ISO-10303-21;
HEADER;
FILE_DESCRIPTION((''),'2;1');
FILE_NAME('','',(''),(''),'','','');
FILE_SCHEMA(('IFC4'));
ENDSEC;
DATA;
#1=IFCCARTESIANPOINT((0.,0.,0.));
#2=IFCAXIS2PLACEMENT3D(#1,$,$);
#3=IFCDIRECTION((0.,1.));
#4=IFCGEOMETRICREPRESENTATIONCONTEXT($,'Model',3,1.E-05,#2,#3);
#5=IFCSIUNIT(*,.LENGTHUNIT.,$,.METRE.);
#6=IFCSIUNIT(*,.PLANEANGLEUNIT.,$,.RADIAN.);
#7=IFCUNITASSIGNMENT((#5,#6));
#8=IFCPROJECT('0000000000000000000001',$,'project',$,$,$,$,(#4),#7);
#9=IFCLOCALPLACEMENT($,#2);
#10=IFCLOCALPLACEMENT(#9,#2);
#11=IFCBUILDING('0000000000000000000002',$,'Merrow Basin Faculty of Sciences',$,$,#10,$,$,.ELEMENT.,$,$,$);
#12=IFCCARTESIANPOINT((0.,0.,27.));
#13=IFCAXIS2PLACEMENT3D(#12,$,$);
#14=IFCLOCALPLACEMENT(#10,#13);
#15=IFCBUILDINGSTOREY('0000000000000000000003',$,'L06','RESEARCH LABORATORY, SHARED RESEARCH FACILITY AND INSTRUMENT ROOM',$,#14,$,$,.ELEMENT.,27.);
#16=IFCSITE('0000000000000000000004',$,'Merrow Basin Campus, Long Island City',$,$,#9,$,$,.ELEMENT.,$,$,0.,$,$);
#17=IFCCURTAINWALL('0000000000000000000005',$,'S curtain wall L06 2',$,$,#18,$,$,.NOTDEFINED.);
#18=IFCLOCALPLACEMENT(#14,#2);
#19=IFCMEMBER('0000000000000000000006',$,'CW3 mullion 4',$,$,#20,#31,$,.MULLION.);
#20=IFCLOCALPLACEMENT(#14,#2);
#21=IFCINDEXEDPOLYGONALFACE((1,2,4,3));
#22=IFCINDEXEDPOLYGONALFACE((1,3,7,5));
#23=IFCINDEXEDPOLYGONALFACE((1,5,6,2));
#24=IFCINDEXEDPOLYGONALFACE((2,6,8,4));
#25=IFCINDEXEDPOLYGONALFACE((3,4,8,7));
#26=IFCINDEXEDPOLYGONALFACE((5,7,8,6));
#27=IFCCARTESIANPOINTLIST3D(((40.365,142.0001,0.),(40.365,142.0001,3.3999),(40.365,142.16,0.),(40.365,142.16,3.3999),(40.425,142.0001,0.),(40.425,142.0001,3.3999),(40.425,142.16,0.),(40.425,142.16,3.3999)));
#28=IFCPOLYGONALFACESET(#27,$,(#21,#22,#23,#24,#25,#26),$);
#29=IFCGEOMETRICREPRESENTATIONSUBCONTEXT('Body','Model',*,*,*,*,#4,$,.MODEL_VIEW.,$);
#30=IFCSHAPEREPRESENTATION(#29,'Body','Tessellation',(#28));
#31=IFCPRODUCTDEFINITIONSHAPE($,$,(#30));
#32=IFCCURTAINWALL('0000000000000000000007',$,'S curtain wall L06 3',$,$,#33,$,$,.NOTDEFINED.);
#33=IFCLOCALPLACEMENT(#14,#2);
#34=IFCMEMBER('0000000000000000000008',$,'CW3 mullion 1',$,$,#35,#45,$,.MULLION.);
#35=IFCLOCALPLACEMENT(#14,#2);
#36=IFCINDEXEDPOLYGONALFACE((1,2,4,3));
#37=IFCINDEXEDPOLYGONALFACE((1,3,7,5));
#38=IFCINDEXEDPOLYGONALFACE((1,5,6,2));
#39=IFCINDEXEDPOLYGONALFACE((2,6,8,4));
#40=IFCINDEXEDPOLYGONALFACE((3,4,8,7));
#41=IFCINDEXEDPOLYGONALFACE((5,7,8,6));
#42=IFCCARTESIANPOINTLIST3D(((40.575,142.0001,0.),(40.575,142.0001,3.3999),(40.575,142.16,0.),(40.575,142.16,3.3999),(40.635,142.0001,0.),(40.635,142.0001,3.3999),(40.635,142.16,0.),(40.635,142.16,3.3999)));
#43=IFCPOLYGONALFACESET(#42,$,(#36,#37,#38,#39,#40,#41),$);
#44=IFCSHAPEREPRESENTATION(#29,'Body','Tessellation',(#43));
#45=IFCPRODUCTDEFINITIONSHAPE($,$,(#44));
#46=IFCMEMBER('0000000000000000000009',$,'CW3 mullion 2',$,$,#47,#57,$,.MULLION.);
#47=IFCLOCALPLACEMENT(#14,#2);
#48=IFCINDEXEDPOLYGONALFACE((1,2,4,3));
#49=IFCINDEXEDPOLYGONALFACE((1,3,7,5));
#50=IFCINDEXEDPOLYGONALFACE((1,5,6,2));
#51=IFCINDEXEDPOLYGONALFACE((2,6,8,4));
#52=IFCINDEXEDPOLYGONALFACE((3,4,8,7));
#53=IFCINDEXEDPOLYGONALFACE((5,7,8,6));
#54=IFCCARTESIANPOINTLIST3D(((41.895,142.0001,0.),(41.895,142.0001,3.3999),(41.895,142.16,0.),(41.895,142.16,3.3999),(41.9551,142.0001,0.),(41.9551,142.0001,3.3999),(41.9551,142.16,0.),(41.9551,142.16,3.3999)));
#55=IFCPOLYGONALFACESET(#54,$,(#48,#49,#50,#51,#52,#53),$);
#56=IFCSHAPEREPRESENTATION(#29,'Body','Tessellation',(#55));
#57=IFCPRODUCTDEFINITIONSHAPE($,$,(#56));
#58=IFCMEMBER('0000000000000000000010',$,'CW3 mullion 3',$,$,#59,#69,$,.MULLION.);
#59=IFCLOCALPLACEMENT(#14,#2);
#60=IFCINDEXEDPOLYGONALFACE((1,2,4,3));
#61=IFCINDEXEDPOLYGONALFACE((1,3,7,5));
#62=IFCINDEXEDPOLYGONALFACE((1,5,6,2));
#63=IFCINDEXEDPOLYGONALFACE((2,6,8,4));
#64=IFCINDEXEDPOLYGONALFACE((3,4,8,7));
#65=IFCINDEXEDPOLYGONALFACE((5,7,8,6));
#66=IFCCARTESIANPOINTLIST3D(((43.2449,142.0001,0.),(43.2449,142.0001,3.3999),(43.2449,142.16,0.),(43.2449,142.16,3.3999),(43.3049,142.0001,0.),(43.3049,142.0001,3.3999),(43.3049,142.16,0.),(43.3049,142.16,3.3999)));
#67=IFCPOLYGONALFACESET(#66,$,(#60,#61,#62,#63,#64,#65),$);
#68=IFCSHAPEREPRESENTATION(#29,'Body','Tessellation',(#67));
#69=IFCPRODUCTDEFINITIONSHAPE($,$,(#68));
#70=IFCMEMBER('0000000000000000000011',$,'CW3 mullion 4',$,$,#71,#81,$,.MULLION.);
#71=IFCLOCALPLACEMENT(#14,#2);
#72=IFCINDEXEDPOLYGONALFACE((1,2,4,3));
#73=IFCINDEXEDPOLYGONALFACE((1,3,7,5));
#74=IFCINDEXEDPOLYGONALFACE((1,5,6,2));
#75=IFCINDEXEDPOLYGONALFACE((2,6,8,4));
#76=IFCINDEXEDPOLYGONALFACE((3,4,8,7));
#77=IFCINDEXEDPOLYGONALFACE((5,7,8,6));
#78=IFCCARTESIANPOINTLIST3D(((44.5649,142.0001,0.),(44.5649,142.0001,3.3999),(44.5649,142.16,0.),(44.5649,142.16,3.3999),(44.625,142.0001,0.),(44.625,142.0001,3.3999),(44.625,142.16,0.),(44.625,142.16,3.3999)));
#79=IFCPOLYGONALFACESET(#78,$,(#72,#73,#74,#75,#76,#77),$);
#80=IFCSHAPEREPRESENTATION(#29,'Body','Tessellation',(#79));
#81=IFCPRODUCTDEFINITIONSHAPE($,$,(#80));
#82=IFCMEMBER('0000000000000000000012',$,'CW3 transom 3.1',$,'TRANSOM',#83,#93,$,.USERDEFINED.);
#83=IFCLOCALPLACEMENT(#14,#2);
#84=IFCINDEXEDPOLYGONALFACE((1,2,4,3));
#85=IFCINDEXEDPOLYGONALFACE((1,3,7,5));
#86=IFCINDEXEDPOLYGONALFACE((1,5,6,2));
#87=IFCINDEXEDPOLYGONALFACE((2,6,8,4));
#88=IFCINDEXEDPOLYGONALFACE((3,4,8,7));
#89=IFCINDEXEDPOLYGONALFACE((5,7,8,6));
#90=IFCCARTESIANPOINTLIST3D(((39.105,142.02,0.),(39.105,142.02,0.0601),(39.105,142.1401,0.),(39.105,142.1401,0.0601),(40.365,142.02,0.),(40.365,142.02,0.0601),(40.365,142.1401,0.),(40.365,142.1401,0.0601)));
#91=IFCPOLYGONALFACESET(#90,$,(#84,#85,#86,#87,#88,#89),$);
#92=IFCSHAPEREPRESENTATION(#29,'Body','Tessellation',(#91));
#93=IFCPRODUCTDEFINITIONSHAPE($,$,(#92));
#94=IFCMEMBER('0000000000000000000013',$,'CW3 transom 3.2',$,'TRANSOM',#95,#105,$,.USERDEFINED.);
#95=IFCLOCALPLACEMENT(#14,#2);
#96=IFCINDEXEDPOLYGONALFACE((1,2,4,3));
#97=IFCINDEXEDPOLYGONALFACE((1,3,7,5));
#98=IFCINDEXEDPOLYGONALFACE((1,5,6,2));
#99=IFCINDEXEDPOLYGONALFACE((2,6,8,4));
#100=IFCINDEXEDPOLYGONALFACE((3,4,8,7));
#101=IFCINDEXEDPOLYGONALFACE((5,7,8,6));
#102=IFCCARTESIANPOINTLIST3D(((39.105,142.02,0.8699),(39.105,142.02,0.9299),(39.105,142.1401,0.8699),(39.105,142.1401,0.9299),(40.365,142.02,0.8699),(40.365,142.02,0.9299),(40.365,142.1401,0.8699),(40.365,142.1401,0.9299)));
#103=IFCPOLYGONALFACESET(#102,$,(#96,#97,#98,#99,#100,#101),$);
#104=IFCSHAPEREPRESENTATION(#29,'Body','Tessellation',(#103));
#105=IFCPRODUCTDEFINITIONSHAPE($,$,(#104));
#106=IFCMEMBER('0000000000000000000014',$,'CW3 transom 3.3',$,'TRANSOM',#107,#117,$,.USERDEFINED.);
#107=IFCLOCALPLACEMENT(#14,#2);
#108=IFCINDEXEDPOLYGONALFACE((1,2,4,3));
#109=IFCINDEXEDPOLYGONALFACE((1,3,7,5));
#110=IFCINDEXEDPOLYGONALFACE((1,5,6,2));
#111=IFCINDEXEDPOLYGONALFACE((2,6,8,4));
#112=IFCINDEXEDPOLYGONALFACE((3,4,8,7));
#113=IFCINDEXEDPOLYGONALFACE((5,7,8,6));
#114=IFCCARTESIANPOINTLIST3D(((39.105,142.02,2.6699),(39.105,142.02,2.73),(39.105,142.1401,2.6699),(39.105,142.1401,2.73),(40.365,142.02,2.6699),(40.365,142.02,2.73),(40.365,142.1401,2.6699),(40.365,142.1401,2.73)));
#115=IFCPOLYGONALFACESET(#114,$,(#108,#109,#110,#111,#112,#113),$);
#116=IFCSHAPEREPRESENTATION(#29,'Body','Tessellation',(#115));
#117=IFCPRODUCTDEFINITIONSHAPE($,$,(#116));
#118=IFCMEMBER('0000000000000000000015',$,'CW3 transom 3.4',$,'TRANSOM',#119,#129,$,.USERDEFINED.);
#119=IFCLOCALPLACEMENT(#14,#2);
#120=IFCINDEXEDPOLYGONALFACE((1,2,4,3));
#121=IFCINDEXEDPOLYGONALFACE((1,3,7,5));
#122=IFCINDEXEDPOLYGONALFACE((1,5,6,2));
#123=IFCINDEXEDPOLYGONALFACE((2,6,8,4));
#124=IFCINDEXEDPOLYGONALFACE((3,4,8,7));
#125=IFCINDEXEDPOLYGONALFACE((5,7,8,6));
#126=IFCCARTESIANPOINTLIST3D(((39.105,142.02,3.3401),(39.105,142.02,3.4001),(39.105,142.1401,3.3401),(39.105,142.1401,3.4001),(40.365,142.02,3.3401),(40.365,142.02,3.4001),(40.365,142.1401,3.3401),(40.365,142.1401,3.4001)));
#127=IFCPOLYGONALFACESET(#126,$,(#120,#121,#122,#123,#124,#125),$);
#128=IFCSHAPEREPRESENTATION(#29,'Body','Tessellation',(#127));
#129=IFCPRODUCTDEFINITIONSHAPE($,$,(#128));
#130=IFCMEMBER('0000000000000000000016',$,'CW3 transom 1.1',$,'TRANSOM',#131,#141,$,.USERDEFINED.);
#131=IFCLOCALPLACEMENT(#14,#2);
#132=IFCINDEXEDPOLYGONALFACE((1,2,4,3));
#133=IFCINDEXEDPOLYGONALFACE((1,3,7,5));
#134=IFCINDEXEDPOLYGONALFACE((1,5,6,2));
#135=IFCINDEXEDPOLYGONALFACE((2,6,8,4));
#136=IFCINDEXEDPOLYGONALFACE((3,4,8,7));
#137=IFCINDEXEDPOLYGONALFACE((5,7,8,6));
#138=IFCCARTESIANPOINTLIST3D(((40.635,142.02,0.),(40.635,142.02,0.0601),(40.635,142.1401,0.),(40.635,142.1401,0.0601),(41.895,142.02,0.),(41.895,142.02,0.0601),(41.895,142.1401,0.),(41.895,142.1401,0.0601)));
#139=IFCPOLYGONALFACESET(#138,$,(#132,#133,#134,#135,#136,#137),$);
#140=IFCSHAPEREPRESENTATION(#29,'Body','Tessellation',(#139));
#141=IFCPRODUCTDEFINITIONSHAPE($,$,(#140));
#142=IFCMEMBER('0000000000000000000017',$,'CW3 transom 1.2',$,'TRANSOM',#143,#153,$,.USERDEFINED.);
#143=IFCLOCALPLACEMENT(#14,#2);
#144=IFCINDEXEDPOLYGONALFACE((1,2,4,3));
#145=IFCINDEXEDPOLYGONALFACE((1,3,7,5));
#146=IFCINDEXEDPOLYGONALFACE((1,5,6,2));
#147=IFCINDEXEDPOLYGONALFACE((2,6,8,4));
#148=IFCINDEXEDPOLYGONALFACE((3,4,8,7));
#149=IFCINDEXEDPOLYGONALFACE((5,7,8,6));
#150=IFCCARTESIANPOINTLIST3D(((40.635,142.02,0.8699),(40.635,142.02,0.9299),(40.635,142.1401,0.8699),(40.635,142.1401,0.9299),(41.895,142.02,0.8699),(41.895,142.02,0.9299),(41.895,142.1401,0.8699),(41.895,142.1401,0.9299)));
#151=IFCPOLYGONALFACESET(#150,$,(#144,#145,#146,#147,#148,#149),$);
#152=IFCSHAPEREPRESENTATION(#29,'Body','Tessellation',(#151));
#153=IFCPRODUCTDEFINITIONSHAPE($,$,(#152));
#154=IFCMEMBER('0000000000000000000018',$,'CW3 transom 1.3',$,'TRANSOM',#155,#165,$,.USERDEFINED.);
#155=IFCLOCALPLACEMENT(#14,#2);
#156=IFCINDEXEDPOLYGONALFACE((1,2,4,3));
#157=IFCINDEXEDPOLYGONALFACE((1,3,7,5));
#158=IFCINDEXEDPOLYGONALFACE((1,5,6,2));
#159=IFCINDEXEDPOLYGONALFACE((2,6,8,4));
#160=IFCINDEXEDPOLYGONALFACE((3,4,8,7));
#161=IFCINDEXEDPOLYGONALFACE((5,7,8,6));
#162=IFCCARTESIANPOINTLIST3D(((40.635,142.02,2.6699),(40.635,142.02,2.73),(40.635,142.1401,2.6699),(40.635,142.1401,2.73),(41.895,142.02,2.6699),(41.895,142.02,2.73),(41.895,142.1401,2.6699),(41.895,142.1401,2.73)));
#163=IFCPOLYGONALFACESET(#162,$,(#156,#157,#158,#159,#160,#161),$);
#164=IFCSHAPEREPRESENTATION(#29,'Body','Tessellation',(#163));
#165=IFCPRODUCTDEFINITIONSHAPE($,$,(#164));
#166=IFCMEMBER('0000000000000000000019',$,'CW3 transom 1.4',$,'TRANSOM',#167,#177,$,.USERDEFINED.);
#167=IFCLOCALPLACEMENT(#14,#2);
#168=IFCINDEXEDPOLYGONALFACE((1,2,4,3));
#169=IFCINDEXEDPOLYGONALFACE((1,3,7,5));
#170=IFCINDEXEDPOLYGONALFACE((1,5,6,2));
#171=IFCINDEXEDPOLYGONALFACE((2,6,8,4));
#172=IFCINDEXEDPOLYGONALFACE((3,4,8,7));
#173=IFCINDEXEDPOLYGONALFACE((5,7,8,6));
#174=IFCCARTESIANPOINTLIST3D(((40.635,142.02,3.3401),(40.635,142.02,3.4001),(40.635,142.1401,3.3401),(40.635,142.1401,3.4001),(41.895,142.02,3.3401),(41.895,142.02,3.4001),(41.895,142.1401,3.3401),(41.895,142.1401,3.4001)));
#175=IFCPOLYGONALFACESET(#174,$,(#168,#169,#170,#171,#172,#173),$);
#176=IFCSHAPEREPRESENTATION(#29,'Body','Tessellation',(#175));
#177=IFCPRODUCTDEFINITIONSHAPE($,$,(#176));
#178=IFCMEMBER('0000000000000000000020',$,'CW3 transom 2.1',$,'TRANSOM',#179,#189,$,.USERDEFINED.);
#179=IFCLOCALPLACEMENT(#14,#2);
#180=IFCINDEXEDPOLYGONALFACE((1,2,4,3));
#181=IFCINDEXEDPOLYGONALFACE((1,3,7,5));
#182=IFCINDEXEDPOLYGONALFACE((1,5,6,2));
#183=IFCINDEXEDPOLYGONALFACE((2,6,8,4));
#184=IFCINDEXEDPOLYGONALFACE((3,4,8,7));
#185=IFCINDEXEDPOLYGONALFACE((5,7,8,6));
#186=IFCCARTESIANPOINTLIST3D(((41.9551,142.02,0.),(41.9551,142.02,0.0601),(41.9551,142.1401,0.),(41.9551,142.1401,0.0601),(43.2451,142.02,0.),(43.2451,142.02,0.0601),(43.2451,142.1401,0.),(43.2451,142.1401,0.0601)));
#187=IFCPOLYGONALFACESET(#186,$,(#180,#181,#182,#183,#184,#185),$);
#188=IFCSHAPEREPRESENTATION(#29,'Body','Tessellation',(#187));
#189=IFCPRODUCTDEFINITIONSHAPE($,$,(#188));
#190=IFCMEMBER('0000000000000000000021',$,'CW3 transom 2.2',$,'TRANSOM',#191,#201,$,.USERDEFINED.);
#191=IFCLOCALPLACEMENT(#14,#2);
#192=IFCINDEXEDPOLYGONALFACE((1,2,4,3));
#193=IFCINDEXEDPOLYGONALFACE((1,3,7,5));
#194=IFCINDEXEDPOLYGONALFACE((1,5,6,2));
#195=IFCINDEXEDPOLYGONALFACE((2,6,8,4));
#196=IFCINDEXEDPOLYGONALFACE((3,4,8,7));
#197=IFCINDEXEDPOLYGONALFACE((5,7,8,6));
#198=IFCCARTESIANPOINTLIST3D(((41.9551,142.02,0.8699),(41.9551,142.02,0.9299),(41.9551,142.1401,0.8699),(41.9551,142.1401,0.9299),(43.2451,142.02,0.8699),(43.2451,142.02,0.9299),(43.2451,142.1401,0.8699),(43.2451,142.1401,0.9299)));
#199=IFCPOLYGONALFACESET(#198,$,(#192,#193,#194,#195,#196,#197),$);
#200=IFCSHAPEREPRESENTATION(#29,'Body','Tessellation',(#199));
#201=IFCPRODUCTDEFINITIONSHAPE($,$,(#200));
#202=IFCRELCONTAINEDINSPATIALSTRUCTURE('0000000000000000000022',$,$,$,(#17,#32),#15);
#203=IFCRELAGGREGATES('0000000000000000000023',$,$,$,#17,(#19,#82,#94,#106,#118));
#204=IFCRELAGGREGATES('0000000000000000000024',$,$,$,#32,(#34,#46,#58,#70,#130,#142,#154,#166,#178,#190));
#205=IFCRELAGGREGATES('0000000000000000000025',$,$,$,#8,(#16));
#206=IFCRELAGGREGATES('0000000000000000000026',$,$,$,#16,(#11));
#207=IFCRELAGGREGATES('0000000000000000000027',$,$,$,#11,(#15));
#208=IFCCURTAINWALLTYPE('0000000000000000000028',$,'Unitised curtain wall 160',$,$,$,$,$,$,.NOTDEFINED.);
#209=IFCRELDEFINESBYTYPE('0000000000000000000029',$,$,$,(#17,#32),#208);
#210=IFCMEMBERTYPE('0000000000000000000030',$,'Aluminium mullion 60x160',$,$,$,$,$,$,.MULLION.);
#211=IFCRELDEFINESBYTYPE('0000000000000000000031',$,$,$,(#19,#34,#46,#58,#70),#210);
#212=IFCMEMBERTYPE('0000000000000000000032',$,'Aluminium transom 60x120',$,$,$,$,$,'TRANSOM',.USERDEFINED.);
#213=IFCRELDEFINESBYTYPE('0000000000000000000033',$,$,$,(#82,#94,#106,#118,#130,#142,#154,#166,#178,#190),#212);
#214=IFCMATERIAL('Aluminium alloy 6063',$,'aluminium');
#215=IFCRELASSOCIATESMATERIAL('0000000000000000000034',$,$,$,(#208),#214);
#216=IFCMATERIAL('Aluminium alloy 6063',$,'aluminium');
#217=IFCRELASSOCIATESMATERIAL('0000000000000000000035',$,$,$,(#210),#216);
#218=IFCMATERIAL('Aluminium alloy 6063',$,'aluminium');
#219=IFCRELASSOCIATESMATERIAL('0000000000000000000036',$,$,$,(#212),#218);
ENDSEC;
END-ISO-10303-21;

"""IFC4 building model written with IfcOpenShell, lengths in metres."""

from ifc_helpers import new_model, si_unit, direction, frame, origin, origin_2d, place, context, subcontext, project, spatial, rectangle, extrude, material, material_profile, profile_set, type_object, element, aggregate, save


model = new_model("IFC4")

# Units and contexts
model_context = context("Model", 3, precision=1e-05, world=origin(), true_north=direction((0.0, 1.0)))
body_context = subcontext(model_context, "Body", "Model", "MODEL_VIEW")
ifc_project = project(units=[si_unit("LENGTHUNIT", "METRE"), si_unit("PLANEANGLEUNIT", "RADIAN")], contexts=[model_context])

# Site, building, storey
site_placement = place(None, origin())
site = spatial("IfcSite", under=ifc_project, at=site_placement, Name="Merrow Basin Campus, Long Island City", CompositionType="ELEMENT", RefElevation=0.0)
building_placement = place(site_placement, origin())
building = spatial("IfcBuilding", under=site, at=building_placement, Name="Merrow Basin Faculty of Sciences", CompositionType="ELEMENT")
storey_placement = place(building_placement, frame((0.0, 0.0, 27.0)))
storey = spatial("IfcBuildingStorey", under=building, at=storey_placement, Name="L06", Description="RESEARCH LABORATORY, SHARED RESEARCH FACILITY AND INSTRUMENT ROOM", CompositionType="ELEMENT", Elevation=27.0)

# Curtain wall, member
ifc_material_1 = material(Name="Aluminium alloy 6063", Category="aluminium")
curtain_wall_type = type_object("IfcCurtainWallType", Name="Unitised curtain wall 160", PredefinedType="NOTDEFINED", material=ifc_material_1)
curtain_wall_1_placement = place(storey_placement, origin())
curtain_wall_1 = element("IfcCurtainWall", 1, at=curtain_wall_1_placement, inside=storey, type_object=curtain_wall_type, Name="S curtain wall L06 2", PredefinedType="NOTDEFINED")
ifc_material_2 = material(Name="Aluminium alloy 6063", Category="aluminium")
ifc_material_profile_1 = material_profile(ifc_material_2, rectangle(XDim=0.1599, YDim=0.0601, at=origin_2d()))
ifc_profile_set_1 = profile_set([ifc_material_profile_1], Name="Aluminium alloy 6063")
member_type_1 = type_object("IfcMemberType", Name="Aluminium mullion 60x160", PredefinedType="MULLION", material=ifc_profile_set_1)
member_1_placement = place(storey_placement, frame((40.395, 142.0801, 0.0), z_axis=(0.0, 0.0, 1.0), x_axis=(0.0, 1.0, 0.0)))
member_1 = element("IfcMember", 2, at=member_1_placement, type_object=member_type_1, Name="CW3 mullion 4", PredefinedType="MULLION", context=body_context, shape_type="SweptSolid", body=[
    extrude(rectangle(XDim=0.1599, YDim=0.0601, at=origin_2d()), origin(), (0.0, 0.0, 1.0), 3.3999),
])

# Curtain wall, members
curtain_wall_2_placement = place(storey_placement, origin())
curtain_wall_2 = element("IfcCurtainWall", 3, at=curtain_wall_2_placement, inside=storey, type_object=curtain_wall_type, Name="S curtain wall L06 3", PredefinedType="NOTDEFINED")
member_2_placement = place(storey_placement, frame((40.605, 142.0801, 0.0), z_axis=(0.0, 0.0, 1.0), x_axis=(0.0, 1.0, 0.0)))
member_2 = element("IfcMember", 4, at=member_2_placement, type_object=member_type_1, Name="CW3 mullion 1", PredefinedType="MULLION", context=body_context, shape_type="SweptSolid", body=[
    extrude(rectangle(XDim=0.1599, YDim=0.0601, at=origin_2d()), origin(), (0.0, 0.0, 1.0), 3.3999),
])
member_3_placement = place(storey_placement, frame((41.925, 142.0801, 0.0), z_axis=(0.0, 0.0, 1.0), x_axis=(0.0, 1.0, 0.0)))
member_3 = element("IfcMember", 5, at=member_3_placement, type_object=member_type_1, Name="CW3 mullion 2", PredefinedType="MULLION", context=body_context, shape_type="SweptSolid", body=[
    extrude(rectangle(XDim=0.1599, YDim=0.0601, at=origin_2d()), origin(), (0.0, 0.0, 1.0), 3.3999),
])
member_4_placement = place(storey_placement, frame((43.2749, 142.0801, 0.0), z_axis=(0.0, 0.0, 1.0), x_axis=(0.0, 1.0, 0.0)))
member_4 = element("IfcMember", 6, at=member_4_placement, type_object=member_type_1, Name="CW3 mullion 3", PredefinedType="MULLION", context=body_context, shape_type="SweptSolid", body=[
    extrude(rectangle(XDim=0.1599, YDim=0.0601, at=origin_2d()), origin(), (0.0, 0.0, 1.0), 3.3999),
])
member_5_placement = place(storey_placement, frame((44.595, 142.0801, 0.0), z_axis=(0.0, 0.0, 1.0), x_axis=(0.0, 1.0, 0.0)))
member_5 = element("IfcMember", 7, at=member_5_placement, type_object=member_type_1, Name="CW3 mullion 4", PredefinedType="MULLION", context=body_context, shape_type="SweptSolid", body=[
    extrude(rectangle(XDim=0.1599, YDim=0.0601, at=origin_2d()), origin(), (0.0, 0.0, 1.0), 3.3999),
])

# Members
ifc_material_3 = material(Name="Aluminium alloy 6063", Category="aluminium")
ifc_material_profile_2 = material_profile(ifc_material_3, rectangle(XDim=0.1201, YDim=0.0601, at=origin_2d()))
ifc_profile_set_2 = profile_set([ifc_material_profile_2], Name="Aluminium alloy 6063")
member_type_2 = type_object("IfcMemberType", Name="Aluminium transom 60x120", ElementType="TRANSOM", PredefinedType="USERDEFINED", material=ifc_profile_set_2)
member_6_placement = place(storey_placement, frame((39.105, 142.0801, 0.03), z_axis=(1.0, 0.0, 0.0), x_axis=(0.0, 1.0, 0.0)))
member_6 = element("IfcMember", 8, at=member_6_placement, type_object=member_type_2, Name="CW3 transom 3.1", ObjectType="TRANSOM", PredefinedType="USERDEFINED", context=body_context, shape_type="SweptSolid", body=[
    extrude(rectangle(XDim=0.1201, YDim=0.0601, at=origin_2d()), origin(), (0.0, 0.0, 1.0), 1.26),
])
member_7_placement = place(storey_placement, frame((39.105, 142.0801, 0.8999), z_axis=(1.0, 0.0, 0.0), x_axis=(0.0, 1.0, 0.0)))
member_7 = element("IfcMember", 9, at=member_7_placement, type_object=member_type_2, Name="CW3 transom 3.2", ObjectType="TRANSOM", PredefinedType="USERDEFINED", context=body_context, shape_type="SweptSolid", body=[
    extrude(rectangle(XDim=0.1201, YDim=0.0601, at=origin_2d()), origin(), (0.0, 0.0, 1.0), 1.26),
])
member_8_placement = place(storey_placement, frame((39.105, 142.0801, 2.7), z_axis=(1.0, 0.0, 0.0), x_axis=(0.0, 1.0, 0.0)))
member_8 = element("IfcMember", 10, at=member_8_placement, type_object=member_type_2, Name="CW3 transom 3.3", ObjectType="TRANSOM", PredefinedType="USERDEFINED", context=body_context, shape_type="SweptSolid", body=[
    extrude(rectangle(XDim=0.1201, YDim=0.0601, at=origin_2d()), origin(), (0.0, 0.0, 1.0), 1.26),
])
member_9_placement = place(storey_placement, frame((39.105, 142.0801, 3.3701), z_axis=(1.0, 0.0, 0.0), x_axis=(0.0, 1.0, 0.0)))
member_9 = element("IfcMember", 11, at=member_9_placement, type_object=member_type_2, Name="CW3 transom 3.4", ObjectType="TRANSOM", PredefinedType="USERDEFINED", context=body_context, shape_type="SweptSolid", body=[
    extrude(rectangle(XDim=0.1201, YDim=0.0601, at=origin_2d()), origin(), (0.0, 0.0, 1.0), 1.26),
])
member_10_placement = place(storey_placement, frame((40.635, 142.0801, 0.03), z_axis=(1.0, 0.0, 0.0), x_axis=(0.0, 1.0, 0.0)))
member_10 = element("IfcMember", 12, at=member_10_placement, type_object=member_type_2, Name="CW3 transom 1.1", ObjectType="TRANSOM", PredefinedType="USERDEFINED", context=body_context, shape_type="SweptSolid", body=[
    extrude(rectangle(XDim=0.1201, YDim=0.0601, at=origin_2d()), origin(), (0.0, 0.0, 1.0), 1.26),
])
member_11_placement = place(storey_placement, frame((40.635, 142.0801, 0.8999), z_axis=(1.0, 0.0, 0.0), x_axis=(0.0, 1.0, 0.0)))
member_11 = element("IfcMember", 13, at=member_11_placement, type_object=member_type_2, Name="CW3 transom 1.2", ObjectType="TRANSOM", PredefinedType="USERDEFINED", context=body_context, shape_type="SweptSolid", body=[
    extrude(rectangle(XDim=0.1201, YDim=0.0601, at=origin_2d()), origin(), (0.0, 0.0, 1.0), 1.26),
])
member_12_placement = place(storey_placement, frame((40.635, 142.0801, 2.7), z_axis=(1.0, 0.0, 0.0), x_axis=(0.0, 1.0, 0.0)))
member_12 = element("IfcMember", 14, at=member_12_placement, type_object=member_type_2, Name="CW3 transom 1.3", ObjectType="TRANSOM", PredefinedType="USERDEFINED", context=body_context, shape_type="SweptSolid", body=[
    extrude(rectangle(XDim=0.1201, YDim=0.0601, at=origin_2d()), origin(), (0.0, 0.0, 1.0), 1.26),
])
member_13_placement = place(storey_placement, frame((40.635, 142.0801, 3.3701), z_axis=(1.0, 0.0, 0.0), x_axis=(0.0, 1.0, 0.0)))
member_13 = element("IfcMember", 15, at=member_13_placement, type_object=member_type_2, Name="CW3 transom 1.4", ObjectType="TRANSOM", PredefinedType="USERDEFINED", context=body_context, shape_type="SweptSolid", body=[
    extrude(rectangle(XDim=0.1201, YDim=0.0601, at=origin_2d()), origin(), (0.0, 0.0, 1.0), 1.26),
])
member_14_placement = place(storey_placement, frame((41.9551, 142.0801, 0.03), z_axis=(1.0, 0.0, 0.0), x_axis=(0.0, 1.0, 0.0)))
member_14 = element("IfcMember", 16, at=member_14_placement, type_object=member_type_2, Name="CW3 transom 2.1", ObjectType="TRANSOM", PredefinedType="USERDEFINED", context=body_context, shape_type="SweptSolid", body=[
    extrude(rectangle(XDim=0.1201, YDim=0.0601, at=origin_2d()), origin(), (0.0, 0.0, 1.0), 1.29),
])
member_15_placement = place(storey_placement, frame((41.9551, 142.0801, 0.8999), z_axis=(1.0, 0.0, 0.0), x_axis=(0.0, 1.0, 0.0)))
member_15 = element("IfcMember", 17, at=member_15_placement, type_object=member_type_2, Name="CW3 transom 2.2", ObjectType="TRANSOM", PredefinedType="USERDEFINED", context=body_context, shape_type="SweptSolid", body=[
    extrude(rectangle(XDim=0.1201, YDim=0.0601, at=origin_2d()), origin(), (0.0, 0.0, 1.0), 1.29),
])

aggregate(curtain_wall_1, [member_1, member_6, member_7, member_8, member_9])
aggregate(curtain_wall_2, [member_2, member_3, member_4, member_5, member_10, member_11, member_12, member_13, member_14, member_15])

save(model, "model.ifc")
